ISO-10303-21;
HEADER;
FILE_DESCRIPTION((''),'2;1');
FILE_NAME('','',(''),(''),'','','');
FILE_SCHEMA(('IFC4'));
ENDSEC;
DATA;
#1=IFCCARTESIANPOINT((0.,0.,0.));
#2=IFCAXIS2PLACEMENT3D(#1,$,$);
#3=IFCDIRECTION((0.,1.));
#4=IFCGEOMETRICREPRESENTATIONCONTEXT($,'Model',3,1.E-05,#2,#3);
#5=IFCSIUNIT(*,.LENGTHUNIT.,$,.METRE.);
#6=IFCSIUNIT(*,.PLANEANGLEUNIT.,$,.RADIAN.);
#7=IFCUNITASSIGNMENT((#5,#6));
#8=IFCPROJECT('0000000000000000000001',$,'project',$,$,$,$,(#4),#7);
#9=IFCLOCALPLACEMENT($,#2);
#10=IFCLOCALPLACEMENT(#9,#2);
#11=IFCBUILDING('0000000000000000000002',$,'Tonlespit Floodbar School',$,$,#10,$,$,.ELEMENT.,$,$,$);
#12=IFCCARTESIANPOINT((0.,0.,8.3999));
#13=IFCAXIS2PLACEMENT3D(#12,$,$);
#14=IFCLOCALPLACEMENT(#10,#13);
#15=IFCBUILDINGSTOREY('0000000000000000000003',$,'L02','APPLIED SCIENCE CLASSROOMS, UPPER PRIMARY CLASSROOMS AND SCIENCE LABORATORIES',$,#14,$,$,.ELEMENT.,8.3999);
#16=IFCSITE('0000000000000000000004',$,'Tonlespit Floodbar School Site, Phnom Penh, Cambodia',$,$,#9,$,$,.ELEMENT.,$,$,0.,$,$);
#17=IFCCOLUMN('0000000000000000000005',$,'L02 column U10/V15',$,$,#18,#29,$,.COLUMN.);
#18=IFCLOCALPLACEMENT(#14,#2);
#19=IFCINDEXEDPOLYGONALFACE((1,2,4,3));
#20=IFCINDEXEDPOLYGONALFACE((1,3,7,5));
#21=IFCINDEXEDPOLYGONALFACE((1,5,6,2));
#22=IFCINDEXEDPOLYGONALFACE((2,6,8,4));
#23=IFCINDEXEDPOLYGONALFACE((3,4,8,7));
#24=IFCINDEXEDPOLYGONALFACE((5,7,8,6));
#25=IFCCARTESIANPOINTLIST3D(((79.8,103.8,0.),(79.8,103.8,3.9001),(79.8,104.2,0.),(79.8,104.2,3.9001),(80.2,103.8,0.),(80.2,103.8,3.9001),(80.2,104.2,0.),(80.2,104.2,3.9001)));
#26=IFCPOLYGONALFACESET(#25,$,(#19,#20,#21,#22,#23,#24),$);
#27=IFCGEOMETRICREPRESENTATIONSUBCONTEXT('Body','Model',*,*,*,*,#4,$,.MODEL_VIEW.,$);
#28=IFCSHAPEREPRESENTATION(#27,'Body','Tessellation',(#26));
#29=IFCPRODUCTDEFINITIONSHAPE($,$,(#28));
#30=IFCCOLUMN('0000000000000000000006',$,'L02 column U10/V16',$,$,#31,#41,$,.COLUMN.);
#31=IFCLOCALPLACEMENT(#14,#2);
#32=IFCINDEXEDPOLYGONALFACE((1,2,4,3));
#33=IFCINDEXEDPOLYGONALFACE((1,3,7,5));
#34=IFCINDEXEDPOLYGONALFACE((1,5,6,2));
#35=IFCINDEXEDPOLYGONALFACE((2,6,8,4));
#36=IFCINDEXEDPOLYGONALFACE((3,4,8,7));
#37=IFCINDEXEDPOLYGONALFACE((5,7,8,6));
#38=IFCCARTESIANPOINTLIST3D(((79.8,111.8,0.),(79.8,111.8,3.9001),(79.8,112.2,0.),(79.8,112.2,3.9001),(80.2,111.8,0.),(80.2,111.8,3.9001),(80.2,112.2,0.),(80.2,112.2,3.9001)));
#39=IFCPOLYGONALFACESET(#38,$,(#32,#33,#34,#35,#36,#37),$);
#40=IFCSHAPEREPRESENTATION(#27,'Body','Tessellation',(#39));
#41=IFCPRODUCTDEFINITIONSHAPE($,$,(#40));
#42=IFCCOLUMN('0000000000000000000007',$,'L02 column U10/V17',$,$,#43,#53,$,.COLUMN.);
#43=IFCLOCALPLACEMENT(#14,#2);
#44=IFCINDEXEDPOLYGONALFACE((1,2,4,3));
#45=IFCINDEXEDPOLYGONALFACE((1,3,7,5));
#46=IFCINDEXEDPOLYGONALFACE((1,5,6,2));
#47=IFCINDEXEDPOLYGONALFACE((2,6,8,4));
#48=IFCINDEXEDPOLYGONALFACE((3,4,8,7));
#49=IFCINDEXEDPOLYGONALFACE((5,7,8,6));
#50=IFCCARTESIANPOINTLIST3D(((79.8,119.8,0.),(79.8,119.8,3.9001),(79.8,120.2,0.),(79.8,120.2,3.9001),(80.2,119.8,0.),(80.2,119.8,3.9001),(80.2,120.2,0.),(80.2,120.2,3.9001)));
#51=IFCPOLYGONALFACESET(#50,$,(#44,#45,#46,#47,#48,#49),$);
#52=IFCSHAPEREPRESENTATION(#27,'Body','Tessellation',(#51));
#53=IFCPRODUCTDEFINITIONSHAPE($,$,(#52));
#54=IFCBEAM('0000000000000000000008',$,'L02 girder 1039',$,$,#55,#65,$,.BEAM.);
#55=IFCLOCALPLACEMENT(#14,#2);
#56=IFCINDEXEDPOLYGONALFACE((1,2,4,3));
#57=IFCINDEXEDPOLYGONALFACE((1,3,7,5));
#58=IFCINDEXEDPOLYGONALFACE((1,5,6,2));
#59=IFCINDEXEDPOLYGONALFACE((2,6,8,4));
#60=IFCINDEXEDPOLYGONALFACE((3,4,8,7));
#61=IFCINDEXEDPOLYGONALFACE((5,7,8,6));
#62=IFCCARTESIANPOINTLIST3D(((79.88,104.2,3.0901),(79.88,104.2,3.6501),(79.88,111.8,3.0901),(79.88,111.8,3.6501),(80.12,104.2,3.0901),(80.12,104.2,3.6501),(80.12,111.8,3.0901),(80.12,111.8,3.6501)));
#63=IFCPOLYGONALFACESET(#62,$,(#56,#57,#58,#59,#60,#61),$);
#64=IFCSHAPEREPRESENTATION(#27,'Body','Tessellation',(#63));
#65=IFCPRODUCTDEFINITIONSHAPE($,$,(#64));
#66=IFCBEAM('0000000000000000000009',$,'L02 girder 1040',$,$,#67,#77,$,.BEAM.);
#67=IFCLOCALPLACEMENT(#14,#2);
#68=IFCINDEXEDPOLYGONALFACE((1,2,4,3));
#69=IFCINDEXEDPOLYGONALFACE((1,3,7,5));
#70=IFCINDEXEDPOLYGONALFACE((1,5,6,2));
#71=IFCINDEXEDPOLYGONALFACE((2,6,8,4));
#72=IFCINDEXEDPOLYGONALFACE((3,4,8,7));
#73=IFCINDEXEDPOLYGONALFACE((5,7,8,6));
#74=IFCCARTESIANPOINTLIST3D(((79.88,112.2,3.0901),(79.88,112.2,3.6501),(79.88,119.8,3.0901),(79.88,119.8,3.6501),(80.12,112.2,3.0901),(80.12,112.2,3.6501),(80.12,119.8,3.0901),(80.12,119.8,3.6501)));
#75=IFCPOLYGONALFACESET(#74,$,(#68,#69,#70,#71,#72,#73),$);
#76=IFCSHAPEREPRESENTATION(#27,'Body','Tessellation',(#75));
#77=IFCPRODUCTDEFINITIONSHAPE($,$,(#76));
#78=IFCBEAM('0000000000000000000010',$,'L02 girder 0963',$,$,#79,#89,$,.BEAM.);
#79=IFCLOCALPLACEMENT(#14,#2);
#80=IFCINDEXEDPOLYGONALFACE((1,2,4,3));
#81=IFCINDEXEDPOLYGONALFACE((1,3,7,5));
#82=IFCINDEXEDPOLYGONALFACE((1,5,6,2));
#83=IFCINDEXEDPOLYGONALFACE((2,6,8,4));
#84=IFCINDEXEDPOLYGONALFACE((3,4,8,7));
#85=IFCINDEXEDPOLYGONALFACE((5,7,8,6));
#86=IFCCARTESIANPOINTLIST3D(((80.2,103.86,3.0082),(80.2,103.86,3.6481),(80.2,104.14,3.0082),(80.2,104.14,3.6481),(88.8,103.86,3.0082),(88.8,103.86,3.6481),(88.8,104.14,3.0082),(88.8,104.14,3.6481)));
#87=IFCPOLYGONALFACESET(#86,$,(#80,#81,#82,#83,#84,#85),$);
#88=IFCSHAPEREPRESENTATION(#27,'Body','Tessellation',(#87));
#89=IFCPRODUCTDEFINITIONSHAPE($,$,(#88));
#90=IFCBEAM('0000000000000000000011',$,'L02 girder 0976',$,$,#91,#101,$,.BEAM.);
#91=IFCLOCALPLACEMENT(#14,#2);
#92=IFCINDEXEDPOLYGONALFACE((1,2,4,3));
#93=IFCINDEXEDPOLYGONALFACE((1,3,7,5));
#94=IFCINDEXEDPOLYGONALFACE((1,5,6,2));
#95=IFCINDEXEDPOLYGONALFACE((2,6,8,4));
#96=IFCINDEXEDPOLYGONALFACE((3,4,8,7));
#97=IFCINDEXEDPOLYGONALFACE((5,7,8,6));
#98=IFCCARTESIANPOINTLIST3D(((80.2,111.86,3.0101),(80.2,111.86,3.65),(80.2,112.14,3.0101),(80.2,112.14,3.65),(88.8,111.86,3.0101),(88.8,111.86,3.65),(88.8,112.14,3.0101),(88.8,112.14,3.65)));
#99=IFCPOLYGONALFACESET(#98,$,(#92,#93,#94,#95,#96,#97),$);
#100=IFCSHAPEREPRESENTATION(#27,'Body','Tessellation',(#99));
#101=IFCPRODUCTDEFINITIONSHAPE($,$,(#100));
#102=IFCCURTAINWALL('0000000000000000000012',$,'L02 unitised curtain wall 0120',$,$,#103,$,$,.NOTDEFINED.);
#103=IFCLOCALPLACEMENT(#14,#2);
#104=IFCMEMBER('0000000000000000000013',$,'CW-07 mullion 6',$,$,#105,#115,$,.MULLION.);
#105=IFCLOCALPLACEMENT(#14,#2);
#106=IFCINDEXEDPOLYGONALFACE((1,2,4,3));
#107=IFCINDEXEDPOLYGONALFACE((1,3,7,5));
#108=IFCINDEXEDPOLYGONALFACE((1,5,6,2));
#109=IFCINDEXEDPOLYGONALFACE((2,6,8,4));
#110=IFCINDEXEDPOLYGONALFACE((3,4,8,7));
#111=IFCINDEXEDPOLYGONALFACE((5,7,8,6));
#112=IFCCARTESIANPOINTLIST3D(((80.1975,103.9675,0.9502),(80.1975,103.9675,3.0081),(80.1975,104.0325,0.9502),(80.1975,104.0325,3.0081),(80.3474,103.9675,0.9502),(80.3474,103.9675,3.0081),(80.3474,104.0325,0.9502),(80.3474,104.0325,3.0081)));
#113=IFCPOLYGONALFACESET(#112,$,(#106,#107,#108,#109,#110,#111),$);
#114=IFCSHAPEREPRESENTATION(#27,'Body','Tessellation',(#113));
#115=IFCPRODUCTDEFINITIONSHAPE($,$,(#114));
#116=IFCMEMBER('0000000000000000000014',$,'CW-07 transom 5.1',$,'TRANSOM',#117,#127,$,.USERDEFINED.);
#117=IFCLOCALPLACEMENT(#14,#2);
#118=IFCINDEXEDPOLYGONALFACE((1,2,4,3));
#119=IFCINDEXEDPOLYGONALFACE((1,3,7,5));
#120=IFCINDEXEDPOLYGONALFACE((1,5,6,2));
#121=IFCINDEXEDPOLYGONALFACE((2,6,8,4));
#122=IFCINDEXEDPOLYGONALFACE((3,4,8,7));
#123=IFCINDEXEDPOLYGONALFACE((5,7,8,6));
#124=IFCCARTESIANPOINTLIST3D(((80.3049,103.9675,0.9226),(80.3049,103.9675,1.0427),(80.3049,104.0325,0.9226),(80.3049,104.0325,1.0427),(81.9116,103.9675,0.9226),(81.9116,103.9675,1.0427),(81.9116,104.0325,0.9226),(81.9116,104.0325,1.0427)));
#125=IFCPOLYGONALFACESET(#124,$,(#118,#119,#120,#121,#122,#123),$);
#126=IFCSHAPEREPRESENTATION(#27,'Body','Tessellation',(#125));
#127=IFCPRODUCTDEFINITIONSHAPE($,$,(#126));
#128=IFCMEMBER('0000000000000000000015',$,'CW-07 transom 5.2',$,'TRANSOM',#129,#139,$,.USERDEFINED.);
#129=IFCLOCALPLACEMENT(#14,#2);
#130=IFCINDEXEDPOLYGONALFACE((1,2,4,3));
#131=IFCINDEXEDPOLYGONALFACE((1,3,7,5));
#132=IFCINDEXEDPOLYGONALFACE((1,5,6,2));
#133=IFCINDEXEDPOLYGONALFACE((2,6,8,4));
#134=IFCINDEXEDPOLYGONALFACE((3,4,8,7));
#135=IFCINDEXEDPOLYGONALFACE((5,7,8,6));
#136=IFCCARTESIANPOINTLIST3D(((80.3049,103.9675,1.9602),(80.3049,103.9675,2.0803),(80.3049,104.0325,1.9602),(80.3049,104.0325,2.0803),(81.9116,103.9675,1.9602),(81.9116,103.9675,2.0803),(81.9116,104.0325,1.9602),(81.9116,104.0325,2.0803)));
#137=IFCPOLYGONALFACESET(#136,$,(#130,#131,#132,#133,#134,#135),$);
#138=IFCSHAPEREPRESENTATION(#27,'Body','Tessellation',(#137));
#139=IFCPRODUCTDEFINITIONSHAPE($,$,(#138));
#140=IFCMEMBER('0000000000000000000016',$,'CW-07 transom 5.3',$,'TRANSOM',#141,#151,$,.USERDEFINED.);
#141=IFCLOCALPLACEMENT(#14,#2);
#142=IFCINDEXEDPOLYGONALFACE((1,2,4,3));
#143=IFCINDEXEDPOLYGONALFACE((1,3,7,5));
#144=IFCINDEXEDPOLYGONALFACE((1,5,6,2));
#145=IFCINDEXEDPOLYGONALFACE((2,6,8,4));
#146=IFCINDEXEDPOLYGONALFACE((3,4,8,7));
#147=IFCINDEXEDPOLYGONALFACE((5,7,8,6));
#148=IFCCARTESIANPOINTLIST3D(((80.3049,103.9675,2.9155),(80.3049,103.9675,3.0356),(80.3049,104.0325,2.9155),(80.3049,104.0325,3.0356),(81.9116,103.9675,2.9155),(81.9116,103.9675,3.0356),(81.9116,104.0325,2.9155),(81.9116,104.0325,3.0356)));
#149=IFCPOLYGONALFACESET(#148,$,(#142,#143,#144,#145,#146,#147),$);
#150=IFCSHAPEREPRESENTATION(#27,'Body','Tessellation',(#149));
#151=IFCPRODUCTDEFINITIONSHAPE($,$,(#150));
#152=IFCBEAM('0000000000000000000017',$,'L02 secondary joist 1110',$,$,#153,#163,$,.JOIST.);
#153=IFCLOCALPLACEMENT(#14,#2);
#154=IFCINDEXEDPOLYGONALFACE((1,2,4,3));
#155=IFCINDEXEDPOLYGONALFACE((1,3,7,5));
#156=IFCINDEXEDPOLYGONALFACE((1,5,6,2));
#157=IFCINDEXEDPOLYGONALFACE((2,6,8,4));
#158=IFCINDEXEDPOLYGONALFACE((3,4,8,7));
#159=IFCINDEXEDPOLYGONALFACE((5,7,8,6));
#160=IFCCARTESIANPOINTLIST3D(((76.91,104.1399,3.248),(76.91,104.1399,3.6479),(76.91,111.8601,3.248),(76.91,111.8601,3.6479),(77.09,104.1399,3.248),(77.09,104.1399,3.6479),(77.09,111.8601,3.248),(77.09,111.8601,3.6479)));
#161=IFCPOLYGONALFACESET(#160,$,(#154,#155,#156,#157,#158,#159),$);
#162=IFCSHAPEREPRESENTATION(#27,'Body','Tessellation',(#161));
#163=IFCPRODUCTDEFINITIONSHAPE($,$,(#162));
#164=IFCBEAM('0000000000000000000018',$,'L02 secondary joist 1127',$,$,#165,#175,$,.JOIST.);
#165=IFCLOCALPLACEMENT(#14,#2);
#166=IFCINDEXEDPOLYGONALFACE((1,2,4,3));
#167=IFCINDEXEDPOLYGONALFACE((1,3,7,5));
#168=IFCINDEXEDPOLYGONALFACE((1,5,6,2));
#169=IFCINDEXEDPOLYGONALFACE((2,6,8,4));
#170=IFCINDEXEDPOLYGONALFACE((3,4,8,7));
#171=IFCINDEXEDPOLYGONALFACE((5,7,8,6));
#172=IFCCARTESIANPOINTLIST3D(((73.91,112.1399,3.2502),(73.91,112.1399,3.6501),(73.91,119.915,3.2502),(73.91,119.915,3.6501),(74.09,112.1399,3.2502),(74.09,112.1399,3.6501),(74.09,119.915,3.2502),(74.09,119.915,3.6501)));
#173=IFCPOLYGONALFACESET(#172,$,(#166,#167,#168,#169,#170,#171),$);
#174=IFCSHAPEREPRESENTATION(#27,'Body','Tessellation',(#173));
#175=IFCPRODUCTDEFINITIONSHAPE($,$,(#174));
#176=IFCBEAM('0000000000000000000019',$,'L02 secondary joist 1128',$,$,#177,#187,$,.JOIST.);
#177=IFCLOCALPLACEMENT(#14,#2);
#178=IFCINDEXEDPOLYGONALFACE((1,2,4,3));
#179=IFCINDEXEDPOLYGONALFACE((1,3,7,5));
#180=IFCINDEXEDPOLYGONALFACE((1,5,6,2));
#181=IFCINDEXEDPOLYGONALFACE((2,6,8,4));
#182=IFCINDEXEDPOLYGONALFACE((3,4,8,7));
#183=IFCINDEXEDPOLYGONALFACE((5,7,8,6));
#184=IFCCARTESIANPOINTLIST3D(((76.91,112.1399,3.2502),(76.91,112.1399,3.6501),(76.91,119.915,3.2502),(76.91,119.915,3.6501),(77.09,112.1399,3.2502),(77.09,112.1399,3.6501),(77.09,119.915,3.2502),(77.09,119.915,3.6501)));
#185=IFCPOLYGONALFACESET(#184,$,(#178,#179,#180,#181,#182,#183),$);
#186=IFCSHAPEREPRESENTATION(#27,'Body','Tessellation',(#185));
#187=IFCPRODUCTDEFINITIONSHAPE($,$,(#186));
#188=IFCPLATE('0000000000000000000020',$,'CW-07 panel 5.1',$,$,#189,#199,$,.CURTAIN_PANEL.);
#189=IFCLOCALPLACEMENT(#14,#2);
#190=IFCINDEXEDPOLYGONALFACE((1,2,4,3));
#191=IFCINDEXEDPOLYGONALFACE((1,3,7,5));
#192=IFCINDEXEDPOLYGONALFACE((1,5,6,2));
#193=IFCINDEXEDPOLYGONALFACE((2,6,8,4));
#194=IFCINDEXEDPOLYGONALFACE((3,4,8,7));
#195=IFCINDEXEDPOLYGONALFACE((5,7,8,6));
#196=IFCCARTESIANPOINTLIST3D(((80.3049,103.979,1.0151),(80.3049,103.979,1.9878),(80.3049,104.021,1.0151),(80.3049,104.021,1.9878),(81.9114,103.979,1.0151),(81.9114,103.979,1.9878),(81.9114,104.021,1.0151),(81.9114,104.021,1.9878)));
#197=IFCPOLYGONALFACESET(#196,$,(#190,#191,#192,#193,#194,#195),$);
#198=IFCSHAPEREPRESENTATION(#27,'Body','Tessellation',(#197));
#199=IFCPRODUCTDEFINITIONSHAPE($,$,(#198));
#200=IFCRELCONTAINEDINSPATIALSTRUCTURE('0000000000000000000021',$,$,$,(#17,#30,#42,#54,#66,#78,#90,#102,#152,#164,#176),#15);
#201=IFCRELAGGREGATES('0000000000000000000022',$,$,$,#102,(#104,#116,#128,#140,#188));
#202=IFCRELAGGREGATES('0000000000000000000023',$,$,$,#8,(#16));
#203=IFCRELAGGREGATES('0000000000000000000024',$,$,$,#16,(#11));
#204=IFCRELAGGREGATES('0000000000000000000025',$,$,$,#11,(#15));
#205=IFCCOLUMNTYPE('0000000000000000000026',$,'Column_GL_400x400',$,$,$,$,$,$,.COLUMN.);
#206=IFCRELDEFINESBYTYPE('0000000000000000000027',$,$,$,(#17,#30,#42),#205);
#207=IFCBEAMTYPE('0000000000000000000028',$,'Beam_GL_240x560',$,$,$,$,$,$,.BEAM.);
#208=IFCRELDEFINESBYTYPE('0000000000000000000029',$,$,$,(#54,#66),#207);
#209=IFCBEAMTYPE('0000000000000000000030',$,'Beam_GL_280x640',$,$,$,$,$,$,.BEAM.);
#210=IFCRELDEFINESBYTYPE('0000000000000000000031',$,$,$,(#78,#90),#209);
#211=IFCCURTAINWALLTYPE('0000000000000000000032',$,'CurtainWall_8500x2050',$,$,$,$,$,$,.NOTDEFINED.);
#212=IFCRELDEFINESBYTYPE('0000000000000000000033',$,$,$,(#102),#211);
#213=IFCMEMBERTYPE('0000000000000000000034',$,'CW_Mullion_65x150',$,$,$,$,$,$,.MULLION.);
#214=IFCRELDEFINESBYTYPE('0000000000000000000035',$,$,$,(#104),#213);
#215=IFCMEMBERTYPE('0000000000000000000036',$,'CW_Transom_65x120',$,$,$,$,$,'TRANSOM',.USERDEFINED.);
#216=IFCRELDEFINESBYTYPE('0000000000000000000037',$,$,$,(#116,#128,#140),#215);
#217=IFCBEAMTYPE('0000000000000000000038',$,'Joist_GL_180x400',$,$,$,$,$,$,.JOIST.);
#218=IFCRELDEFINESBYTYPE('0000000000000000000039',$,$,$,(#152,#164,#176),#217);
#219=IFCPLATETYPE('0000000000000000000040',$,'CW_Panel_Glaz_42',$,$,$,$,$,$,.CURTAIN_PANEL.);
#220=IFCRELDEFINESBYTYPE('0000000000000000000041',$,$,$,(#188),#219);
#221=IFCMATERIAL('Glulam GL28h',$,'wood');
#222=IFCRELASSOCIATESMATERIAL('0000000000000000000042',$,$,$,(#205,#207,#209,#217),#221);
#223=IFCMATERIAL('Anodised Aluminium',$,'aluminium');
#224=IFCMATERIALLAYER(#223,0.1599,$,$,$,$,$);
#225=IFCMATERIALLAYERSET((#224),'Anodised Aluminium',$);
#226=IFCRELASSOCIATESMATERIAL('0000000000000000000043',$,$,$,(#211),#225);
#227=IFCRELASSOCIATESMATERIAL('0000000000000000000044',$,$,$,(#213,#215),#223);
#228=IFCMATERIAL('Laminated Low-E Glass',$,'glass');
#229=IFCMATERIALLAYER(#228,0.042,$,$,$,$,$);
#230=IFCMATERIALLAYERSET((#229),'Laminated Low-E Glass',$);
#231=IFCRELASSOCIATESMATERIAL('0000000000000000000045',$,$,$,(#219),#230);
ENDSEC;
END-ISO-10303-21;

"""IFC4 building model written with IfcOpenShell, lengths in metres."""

from ifc_helpers import new_model, si_unit, direction, frame, origin, origin_2d, place, context, subcontext, project, spatial, rectangle, extrude, material, layer, layer_set, material_profile, profile_set, type_object, element, aggregate, save


model = new_model("IFC4")

# Units and contexts
model_context = context("Model", 3, precision=1e-05, world=origin(), true_north=direction((0.0, 1.0)))
body_context = subcontext(model_context, "Body", "Model", "MODEL_VIEW")
ifc_project = project(units=[si_unit("LENGTHUNIT", "METRE"), si_unit("PLANEANGLEUNIT", "RADIAN")], contexts=[model_context])

# Site, building, storey
site_placement = place(None, origin())
site = spatial("IfcSite", under=ifc_project, at=site_placement, Name="Tonlespit Floodbar School Site, Phnom Penh, Cambodia", CompositionType="ELEMENT", RefElevation=0.0)
building_placement = place(site_placement, origin())
building = spatial("IfcBuilding", under=site, at=building_placement, Name="Tonlespit Floodbar School", CompositionType="ELEMENT")
storey_placement = place(building_placement, frame((0.0, 0.0, 8.3999)))
storey = spatial("IfcBuildingStorey", under=building, at=storey_placement, Name="L02", Description="APPLIED SCIENCE CLASSROOMS, UPPER PRIMARY CLASSROOMS AND SCIENCE LABORATORIES", CompositionType="ELEMENT", Elevation=8.3999)

# Columns
ifc_material_1 = material(Name="Glulam GL28h", Category="wood")
ifc_material_profile_1 = material_profile(ifc_material_1, rectangle(XDim=0.3999, YDim=0.3999, at=origin_2d()), Name="GL 400x400")
ifc_profile_set_1 = profile_set([ifc_material_profile_1], Name="Glulam GL28h")
column_type = type_object("IfcColumnType", Name="Column_GL_400x400", PredefinedType="COLUMN", material=ifc_profile_set_1)
for number, where, z_axis, x_axis, name in (
    (1, (80.0, 104.0, 0.0), (0.0, 0.0, 1.0), (1.0, 0.0, 0.0), "L02 column U10/V15"),
    (2, (80.0, 112.0, 0.0), (0.0, 0.0, 1.0), (1.0, 0.0, 0.0), "L02 column U10/V16"),
    (3, (80.0, 120.0, 0.0), (0.0, 0.0, 1.0), (1.0, 0.0, 0.0), "L02 column U10/V17"),
):
    element("IfcColumn", number, at=place(storey_placement, frame(where, z_axis=z_axis, x_axis=x_axis)), inside=storey, type_object=column_type, Name=name, PredefinedType="COLUMN", context=body_context, shape_type="SweptSolid", body=[
        extrude(rectangle(XDim=0.3999, YDim=0.3999, at=origin_2d()), origin(), (0.0, 0.0, 1.0), 3.9001),
    ])

# Beams
ifc_material_profile_2 = material_profile(ifc_material_1, rectangle(XDim=0.24, YDim=0.5601, at=origin_2d()), Name="GL 240x560")
ifc_profile_set_2 = profile_set([ifc_material_profile_2], Name="Glulam GL28h")
beam_type_1 = type_object("IfcBeamType", Name="Beam_GL_240x560", PredefinedType="BEAM", material=ifc_profile_set_2)
for number, where, z_axis, x_axis, name in (
    (4, (80.0, 104.2, 3.3701), (0.0, 1.0, 0.0), (-1.0, 0.0, 0.0), "L02 girder 1039"),
    (5, (80.0, 112.2, 3.3701), (0.0, 1.0, 0.0), (-1.0, 0.0, 0.0), "L02 girder 1040"),
):
    element("IfcBeam", number, at=place(storey_placement, frame(where, z_axis=z_axis, x_axis=x_axis)), inside=storey, type_object=beam_type_1, Name=name, PredefinedType="BEAM", context=body_context, shape_type="SweptSolid", body=[
        extrude(rectangle(XDim=0.24, YDim=0.5601, at=origin_2d()), origin(), (0.0, 0.0, 1.0), 7.6001),
    ])
ifc_material_profile_3 = material_profile(ifc_material_1, rectangle(XDim=0.28, YDim=0.6399, at=origin_2d()), Name="GL 280x640")
ifc_profile_set_3 = profile_set([ifc_material_profile_3], Name="Glulam GL28h")
beam_type_2 = type_object("IfcBeamType", Name="Beam_GL_280x640", PredefinedType="BEAM", material=ifc_profile_set_3)
for number, where, z_axis, x_axis, name in (
    (6, (80.2, 104.0, 3.3281), (1.0, 0.0, 0.0), (0.0, 1.0, 0.0), "L02 girder 0963"),
    (7, (80.2, 112.0, 3.3301), (1.0, 0.0, 0.0), (0.0, 1.0, 0.0), "L02 girder 0976"),
):
    element("IfcBeam", number, at=place(storey_placement, frame(where, z_axis=z_axis, x_axis=x_axis)), inside=storey, type_object=beam_type_2, Name=name, PredefinedType="BEAM", context=body_context, shape_type="SweptSolid", body=[
        extrude(rectangle(XDim=0.28, YDim=0.6399, at=origin_2d()), origin(), (0.0, 0.0, 1.0), 8.6001),
    ])

# Curtain wall, members
ifc_material_2 = material(Name="Anodised Aluminium", Category="aluminium")
ifc_layer_1 = layer(ifc_material_2, 0.1599)
ifc_layer_set_1 = layer_set([ifc_layer_1], Name="Anodised Aluminium")
curtain_wall_type = type_object("IfcCurtainWallType", Name="CurtainWall_8500x2050", PredefinedType="NOTDEFINED", material=ifc_layer_set_1)
curtain_wall_placement = place(storey_placement, origin())
curtain_wall = element("IfcCurtainWall", 8, at=curtain_wall_placement, inside=storey, type_object=curtain_wall_type, Name="L02 unitised curtain wall 0120", PredefinedType="NOTDEFINED")
ifc_material_profile_4 = material_profile(ifc_material_2, rectangle(XDim=0.0649, YDim=0.1499, at=origin_2d()), Name="ALU M65x150")
ifc_profile_set_4 = profile_set([ifc_material_profile_4], Name="Anodised Aluminium")
member_type_1 = type_object("IfcMemberType", Name="CW_Mullion_65x150", PredefinedType="MULLION", material=ifc_profile_set_4)
member_1_placement = place(storey_placement, frame((80.2725, 104.0, 0.9502), z_axis=(0.0, 0.0, 1.0), x_axis=(0.0, -1.0, 0.0)))
member_1 = element("IfcMember", 9, at=member_1_placement, type_object=member_type_1, Name="CW-07 mullion 6", PredefinedType="MULLION", context=body_context, shape_type="SweptSolid", body=[
    extrude(rectangle(XDim=0.0649, YDim=0.1499, at=origin_2d()), origin(), (0.0, 0.0, 1.0), 2.0579),
])
ifc_material_profile_5 = material_profile(ifc_material_2, rectangle(XDim=0.0649, YDim=0.1201, at=origin_2d()), Name="ALU T65x120")
ifc_profile_set_5 = profile_set([ifc_material_profile_5], Name="Anodised Aluminium")
member_type_2 = type_object("IfcMemberType", Name="CW_Transom_65x120", ElementType="TRANSOM", PredefinedType="USERDEFINED", material=ifc_profile_set_5)
member_2_placement = place(storey_placement, frame((81.9116, 104.0, 0.9827), z_axis=(-1.0, 0.0, 0.0), x_axis=(0.0, -1.0, 0.0)))
member_2 = element("IfcMember", 10, at=member_2_placement, type_object=member_type_2, Name="CW-07 transom 5.1", ObjectType="TRANSOM", PredefinedType="USERDEFINED", context=body_context, shape_type="SweptSolid", body=[
    extrude(rectangle(XDim=0.0649, YDim=0.1201, at=origin_2d()), origin(), (0.0, 0.0, 1.0), 1.6067),
])
member_3_placement = place(storey_placement, frame((81.9116, 104.0, 2.0203), z_axis=(-1.0, 0.0, 0.0), x_axis=(0.0, -1.0, 0.0)))
member_3 = element("IfcMember", 11, at=member_3_placement, type_object=member_type_2, Name="CW-07 transom 5.2", ObjectType="TRANSOM", PredefinedType="USERDEFINED", context=body_context, shape_type="SweptSolid", body=[
    extrude(rectangle(XDim=0.0649, YDim=0.1201, at=origin_2d()), origin(), (0.0, 0.0, 1.0), 1.6067),
])
member_4_placement = place(storey_placement, frame((81.9116, 104.0, 2.9756), z_axis=(-1.0, 0.0, 0.0), x_axis=(0.0, -1.0, 0.0)))
member_4 = element("IfcMember", 12, at=member_4_placement, type_object=member_type_2, Name="CW-07 transom 5.3", ObjectType="TRANSOM", PredefinedType="USERDEFINED", context=body_context, shape_type="SweptSolid", body=[
    extrude(rectangle(XDim=0.0649, YDim=0.1201, at=origin_2d()), origin(), (0.0, 0.0, 1.0), 1.6067),
])

# Beams
ifc_material_profile_6 = material_profile(ifc_material_1, rectangle(XDim=0.1799, YDim=0.3999, at=origin_2d()), Name="GL 180x400")
ifc_profile_set_6 = profile_set([ifc_material_profile_6], Name="Glulam GL28h")
beam_type_3 = type_object("IfcBeamType", Name="Joist_GL_180x400", PredefinedType="JOIST", material=ifc_profile_set_6)
beam_placement = place(storey_placement, frame((77.0, 104.1399, 3.448), z_axis=(0.0, 1.0, 0.0), x_axis=(-1.0, 0.0, 0.0)))
element("IfcBeam", 13, at=beam_placement, inside=storey, type_object=beam_type_3, Name="L02 secondary joist 1110", PredefinedType="JOIST", context=body_context, shape_type="SweptSolid", body=[
    extrude(rectangle(XDim=0.1799, YDim=0.3999, at=origin_2d()), origin(), (0.0, 0.0, 1.0), 7.7202),
])
for number, where, z_axis, x_axis, name in (
    (14, (74.0, 112.1399, 3.4502), (0.0, 1.0, 0.0), (-1.0, 0.0, 0.0), "L02 secondary joist 1127"),
    (15, (77.0, 112.1399, 3.4502), (0.0, 1.0, 0.0), (-1.0, 0.0, 0.0), "L02 secondary joist 1128"),
):
    element("IfcBeam", number, at=place(storey_placement, frame(where, z_axis=z_axis, x_axis=x_axis)), inside=storey, type_object=beam_type_3, Name=name, PredefinedType="JOIST", context=body_context, shape_type="SweptSolid", body=[
        extrude(rectangle(XDim=0.1799, YDim=0.3999, at=origin_2d()), origin(), (0.0, 0.0, 1.0), 7.7751),
    ])

# Plate
ifc_material_3 = material(Name="Laminated Low-E Glass", Category="glass")
ifc_layer_2 = layer(ifc_material_3, 0.042)
ifc_layer_set_2 = layer_set([ifc_layer_2], Name="Laminated Low-E Glass")
plate_type = type_object("IfcPlateType", Name="CW_Panel_Glaz_42", PredefinedType="CURTAIN_PANEL", material=ifc_layer_set_2)
plate_1_placement = place(storey_placement, frame((81.1082, 104.0, 1.0151), z_axis=(0.0, 0.0, 1.0), x_axis=(-1.0, 0.0, 0.0)))
plate_1 = element("IfcPlate", 16, at=plate_1_placement, type_object=plate_type, Name="CW-07 panel 5.1", PredefinedType="CURTAIN_PANEL", context=body_context, shape_type="SweptSolid", body=[
    extrude(rectangle(XDim=1.6064, YDim=0.042, at=origin_2d()), origin(), (0.0, 0.0, 1.0), 0.9727),
])
aggregate(curtain_wall, [member_1, member_2, member_3, member_4, plate_1])

save(model, "model.ifc")
